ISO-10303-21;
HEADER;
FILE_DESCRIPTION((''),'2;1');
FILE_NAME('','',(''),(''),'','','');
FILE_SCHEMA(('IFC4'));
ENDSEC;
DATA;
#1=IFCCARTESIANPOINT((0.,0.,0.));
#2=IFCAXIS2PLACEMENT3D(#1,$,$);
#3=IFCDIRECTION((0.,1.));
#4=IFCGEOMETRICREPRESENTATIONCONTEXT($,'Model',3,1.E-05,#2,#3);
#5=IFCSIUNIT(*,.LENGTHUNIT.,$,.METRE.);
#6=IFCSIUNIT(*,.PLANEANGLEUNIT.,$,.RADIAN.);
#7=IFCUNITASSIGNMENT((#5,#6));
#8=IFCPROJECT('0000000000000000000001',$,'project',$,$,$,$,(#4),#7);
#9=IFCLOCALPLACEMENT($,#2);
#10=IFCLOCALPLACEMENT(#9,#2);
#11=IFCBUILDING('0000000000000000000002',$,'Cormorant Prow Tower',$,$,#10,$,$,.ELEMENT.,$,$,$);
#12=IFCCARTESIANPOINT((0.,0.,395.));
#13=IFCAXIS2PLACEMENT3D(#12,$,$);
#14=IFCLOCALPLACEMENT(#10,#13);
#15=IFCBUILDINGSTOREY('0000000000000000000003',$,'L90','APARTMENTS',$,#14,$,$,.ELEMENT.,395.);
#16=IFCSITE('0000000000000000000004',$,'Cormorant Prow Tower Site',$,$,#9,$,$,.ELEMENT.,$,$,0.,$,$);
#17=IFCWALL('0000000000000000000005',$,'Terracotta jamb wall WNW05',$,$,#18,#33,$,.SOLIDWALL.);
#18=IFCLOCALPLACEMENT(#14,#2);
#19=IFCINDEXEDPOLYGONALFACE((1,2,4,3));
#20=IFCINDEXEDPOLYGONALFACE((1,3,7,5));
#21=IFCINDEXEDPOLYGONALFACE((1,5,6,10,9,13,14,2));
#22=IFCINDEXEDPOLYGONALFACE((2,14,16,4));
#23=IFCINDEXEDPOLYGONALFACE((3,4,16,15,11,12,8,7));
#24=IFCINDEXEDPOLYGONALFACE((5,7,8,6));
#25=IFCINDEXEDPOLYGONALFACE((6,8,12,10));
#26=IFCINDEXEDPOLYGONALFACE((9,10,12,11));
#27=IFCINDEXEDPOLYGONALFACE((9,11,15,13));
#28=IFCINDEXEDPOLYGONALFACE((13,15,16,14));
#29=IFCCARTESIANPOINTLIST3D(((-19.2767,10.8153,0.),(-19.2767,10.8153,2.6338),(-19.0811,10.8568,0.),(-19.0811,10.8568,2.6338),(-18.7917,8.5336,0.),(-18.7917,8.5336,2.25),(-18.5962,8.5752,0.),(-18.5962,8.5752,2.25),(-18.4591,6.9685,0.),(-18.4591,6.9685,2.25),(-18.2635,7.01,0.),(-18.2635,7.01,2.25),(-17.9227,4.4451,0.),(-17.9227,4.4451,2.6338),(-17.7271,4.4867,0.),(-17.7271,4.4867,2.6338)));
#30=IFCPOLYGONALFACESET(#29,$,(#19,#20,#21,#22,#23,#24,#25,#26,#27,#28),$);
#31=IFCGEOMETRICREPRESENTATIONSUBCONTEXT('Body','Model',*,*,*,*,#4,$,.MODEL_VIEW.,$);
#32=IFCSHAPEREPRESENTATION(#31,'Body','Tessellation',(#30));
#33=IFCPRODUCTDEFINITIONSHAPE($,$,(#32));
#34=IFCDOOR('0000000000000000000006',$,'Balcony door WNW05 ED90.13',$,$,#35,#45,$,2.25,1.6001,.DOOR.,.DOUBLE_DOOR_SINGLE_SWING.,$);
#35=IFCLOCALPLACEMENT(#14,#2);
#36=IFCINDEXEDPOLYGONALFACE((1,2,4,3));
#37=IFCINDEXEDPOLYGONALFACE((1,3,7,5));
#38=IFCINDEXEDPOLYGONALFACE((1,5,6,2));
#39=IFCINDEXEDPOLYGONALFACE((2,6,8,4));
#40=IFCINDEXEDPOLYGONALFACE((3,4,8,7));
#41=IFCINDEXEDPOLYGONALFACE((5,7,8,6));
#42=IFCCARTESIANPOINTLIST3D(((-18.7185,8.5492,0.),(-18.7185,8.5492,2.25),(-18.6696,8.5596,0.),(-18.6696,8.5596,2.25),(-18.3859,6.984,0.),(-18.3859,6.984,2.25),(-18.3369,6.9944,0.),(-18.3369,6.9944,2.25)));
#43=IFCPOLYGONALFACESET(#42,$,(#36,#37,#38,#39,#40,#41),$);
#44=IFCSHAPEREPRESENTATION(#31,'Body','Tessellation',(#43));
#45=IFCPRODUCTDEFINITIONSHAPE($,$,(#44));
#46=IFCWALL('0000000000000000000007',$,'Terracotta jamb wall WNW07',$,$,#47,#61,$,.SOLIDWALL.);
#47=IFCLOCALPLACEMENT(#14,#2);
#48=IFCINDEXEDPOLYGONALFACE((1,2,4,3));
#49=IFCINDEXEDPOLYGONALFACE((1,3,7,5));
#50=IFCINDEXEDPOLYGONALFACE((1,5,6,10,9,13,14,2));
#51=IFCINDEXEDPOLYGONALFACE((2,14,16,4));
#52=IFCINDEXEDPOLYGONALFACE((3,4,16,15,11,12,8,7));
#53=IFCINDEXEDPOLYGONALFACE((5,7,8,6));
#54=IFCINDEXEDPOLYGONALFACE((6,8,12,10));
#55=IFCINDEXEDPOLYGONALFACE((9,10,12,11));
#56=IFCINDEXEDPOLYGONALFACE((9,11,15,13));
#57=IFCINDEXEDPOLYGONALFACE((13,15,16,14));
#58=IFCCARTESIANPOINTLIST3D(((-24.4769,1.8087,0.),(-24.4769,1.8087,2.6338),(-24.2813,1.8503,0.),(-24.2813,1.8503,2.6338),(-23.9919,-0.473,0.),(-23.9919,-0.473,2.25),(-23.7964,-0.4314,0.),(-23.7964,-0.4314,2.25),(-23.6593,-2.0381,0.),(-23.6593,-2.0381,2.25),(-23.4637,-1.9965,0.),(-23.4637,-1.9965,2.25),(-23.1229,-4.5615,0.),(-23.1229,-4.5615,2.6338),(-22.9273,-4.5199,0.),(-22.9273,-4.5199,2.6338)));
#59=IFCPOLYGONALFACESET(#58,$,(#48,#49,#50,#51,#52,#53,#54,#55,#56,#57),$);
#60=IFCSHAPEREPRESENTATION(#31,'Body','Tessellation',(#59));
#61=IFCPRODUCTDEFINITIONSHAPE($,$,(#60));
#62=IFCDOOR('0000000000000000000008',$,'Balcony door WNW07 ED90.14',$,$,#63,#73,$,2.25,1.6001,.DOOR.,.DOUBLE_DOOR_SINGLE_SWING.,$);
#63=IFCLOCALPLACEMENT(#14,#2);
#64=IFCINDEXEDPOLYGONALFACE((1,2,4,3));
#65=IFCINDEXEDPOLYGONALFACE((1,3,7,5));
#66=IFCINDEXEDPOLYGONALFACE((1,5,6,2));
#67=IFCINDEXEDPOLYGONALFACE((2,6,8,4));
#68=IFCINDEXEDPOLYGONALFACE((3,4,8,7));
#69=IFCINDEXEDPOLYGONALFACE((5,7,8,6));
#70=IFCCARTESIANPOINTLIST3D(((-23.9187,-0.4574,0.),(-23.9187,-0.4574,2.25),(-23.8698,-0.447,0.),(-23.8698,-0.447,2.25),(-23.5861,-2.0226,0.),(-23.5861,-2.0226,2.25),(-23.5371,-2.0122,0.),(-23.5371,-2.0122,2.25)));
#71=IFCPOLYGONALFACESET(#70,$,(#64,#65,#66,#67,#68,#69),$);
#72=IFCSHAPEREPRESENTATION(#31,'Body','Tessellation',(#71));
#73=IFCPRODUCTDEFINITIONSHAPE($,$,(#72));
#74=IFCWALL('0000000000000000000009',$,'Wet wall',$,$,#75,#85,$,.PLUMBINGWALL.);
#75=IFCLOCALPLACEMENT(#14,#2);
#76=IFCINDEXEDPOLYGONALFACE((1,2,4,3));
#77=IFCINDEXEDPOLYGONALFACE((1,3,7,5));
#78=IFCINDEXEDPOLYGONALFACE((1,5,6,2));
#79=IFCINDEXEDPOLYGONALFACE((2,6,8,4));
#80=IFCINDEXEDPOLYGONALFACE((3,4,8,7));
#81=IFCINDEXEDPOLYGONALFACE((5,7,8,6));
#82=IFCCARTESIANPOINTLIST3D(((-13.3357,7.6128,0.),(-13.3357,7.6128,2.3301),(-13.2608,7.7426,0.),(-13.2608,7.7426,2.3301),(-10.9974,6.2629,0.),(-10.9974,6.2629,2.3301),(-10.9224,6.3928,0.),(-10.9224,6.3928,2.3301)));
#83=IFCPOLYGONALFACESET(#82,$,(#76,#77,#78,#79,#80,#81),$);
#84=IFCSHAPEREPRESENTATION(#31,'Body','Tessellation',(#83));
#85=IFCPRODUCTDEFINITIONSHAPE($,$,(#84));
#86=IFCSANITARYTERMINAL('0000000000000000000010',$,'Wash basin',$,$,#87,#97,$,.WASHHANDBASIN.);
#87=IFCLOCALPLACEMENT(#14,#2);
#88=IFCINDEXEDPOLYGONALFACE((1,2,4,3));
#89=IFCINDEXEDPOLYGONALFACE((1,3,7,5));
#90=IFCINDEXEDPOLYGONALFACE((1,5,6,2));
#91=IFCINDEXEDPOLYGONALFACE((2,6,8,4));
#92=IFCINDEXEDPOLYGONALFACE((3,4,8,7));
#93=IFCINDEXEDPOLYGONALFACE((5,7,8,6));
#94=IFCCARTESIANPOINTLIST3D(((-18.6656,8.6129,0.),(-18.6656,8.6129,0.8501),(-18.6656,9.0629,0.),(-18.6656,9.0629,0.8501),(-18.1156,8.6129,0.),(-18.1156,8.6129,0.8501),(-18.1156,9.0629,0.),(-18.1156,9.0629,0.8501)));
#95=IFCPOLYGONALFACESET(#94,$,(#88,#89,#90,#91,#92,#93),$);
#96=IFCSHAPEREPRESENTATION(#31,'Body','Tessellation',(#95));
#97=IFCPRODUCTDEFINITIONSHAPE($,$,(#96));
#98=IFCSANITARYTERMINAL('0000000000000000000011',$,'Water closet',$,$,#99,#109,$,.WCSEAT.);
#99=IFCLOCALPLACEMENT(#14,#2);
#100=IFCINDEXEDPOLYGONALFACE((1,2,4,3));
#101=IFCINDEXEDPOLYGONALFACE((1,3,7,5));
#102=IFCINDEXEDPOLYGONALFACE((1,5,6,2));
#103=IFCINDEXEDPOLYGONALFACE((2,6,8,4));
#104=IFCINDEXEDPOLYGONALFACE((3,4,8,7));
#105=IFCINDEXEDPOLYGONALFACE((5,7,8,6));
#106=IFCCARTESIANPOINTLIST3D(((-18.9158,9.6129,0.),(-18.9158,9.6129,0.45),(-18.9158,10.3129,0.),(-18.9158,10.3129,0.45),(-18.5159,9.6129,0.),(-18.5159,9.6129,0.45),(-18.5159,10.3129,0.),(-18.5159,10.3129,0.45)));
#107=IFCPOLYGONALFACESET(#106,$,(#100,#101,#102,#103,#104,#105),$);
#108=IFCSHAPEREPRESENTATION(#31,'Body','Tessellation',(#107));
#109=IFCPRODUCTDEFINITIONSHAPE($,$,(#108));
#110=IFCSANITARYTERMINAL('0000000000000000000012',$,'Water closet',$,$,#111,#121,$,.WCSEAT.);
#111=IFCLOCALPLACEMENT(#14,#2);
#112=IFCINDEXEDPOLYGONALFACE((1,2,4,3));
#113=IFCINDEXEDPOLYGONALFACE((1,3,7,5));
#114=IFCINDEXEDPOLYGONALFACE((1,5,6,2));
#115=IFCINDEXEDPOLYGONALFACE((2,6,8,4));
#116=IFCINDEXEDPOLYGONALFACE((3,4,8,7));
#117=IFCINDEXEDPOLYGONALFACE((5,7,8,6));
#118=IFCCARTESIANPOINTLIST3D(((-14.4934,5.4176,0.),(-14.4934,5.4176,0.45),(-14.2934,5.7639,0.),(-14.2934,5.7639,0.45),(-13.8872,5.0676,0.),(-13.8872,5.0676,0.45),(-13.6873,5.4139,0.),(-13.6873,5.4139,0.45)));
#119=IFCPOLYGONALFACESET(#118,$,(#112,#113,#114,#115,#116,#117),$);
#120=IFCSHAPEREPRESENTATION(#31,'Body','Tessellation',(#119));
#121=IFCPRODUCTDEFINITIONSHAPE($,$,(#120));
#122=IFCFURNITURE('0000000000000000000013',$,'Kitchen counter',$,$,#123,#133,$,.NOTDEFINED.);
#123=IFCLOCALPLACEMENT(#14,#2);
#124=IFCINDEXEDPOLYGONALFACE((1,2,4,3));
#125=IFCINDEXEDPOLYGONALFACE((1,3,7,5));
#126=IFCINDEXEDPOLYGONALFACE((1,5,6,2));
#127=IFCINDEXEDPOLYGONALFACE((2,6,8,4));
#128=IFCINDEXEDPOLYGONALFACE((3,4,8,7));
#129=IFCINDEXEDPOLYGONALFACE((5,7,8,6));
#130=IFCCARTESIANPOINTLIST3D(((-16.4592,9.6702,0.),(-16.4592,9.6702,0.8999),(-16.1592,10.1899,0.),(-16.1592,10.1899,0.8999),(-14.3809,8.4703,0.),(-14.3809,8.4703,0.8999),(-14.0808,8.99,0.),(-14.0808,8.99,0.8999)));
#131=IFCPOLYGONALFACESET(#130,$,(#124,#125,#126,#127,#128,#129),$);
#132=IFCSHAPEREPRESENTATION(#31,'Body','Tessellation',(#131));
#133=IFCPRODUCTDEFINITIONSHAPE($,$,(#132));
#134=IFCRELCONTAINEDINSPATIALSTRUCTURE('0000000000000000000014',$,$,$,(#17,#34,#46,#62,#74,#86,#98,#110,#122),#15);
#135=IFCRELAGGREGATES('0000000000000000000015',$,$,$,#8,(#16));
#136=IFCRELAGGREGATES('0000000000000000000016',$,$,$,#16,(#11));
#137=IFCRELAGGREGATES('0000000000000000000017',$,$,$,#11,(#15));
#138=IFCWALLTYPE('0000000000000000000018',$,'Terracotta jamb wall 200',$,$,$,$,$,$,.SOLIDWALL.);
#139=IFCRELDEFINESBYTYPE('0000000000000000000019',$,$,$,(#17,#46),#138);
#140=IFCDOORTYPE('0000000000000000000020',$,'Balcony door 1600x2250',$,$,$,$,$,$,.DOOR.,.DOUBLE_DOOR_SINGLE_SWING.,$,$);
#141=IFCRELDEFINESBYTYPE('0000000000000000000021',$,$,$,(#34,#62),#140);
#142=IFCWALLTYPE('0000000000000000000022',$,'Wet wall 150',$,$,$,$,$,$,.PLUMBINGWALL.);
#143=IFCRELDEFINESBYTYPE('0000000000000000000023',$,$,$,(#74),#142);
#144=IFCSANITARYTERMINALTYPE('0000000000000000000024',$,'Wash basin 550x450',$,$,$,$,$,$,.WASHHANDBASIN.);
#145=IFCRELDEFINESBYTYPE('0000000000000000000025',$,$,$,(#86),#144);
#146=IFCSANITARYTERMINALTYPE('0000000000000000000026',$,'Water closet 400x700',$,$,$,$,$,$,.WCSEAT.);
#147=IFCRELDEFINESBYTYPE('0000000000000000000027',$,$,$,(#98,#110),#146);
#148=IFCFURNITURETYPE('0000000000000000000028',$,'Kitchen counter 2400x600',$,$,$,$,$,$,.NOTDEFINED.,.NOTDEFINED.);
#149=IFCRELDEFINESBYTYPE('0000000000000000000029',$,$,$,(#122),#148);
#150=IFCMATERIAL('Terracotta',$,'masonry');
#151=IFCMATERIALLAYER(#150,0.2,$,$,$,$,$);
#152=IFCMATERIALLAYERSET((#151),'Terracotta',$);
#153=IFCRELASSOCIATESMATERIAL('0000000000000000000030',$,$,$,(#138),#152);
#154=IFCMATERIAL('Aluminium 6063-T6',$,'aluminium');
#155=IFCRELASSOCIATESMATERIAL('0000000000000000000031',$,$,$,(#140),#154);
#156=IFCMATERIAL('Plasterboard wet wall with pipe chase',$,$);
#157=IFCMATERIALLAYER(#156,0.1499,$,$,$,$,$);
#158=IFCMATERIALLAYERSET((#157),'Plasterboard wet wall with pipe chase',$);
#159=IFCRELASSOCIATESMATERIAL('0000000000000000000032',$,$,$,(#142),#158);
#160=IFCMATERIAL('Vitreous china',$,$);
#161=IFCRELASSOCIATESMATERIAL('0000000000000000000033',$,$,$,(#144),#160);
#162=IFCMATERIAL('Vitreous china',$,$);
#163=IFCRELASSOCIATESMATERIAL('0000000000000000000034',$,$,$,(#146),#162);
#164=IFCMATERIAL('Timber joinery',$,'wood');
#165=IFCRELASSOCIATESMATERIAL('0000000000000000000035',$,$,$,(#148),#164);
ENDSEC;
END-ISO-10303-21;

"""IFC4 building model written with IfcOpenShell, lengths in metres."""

from ifc_helpers import new_model, si_unit, direction, frame, frame_2d, origin, origin_2d, place, context, subcontext, project, spatial, rectangle, extrude, material, layer, layer_set, type_object, element, fill, save


model = new_model("IFC4")

# Units and contexts
model_context = context("Model", 3, precision=1e-05, world=origin(), true_north=direction((0.0, 1.0)))
body_context = subcontext(model_context, "Body", "Model", "MODEL_VIEW")
ifc_project = project(units=[si_unit("LENGTHUNIT", "METRE"), si_unit("PLANEANGLEUNIT", "RADIAN")], contexts=[model_context])

# Site, building, storey
site_placement = place(None, origin())
site = spatial("IfcSite", under=ifc_project, at=site_placement, Name="Cormorant Prow Tower Site", CompositionType="ELEMENT", RefElevation=0.0)
building_placement = place(site_placement, origin())
building = spatial("IfcBuilding", under=site, at=building_placement, Name="Cormorant Prow Tower", CompositionType="ELEMENT")
storey_placement = place(building_placement, frame((0.0, 0.0, 395.0)))
storey = spatial("IfcBuildingStorey", under=building, at=storey_placement, Name="L90", Description="APARTMENTS", CompositionType="ELEMENT", Elevation=395.0)

# Walls, openings, doors
ifc_material_1 = material(Name="Terracotta", Category="masonry")
ifc_layer_1 = layer(ifc_material_1, 0.2)
ifc_layer_set_1 = layer_set([ifc_layer_1], Name="Terracotta")
wall_type_1 = type_object("IfcWallType", Name="Terracotta jamb wall 200", PredefinedType="SOLIDWALL", material=ifc_layer_set_1)
wall_1_placement = place(storey_placement, frame((-19.179, 10.8362, 0.0), z_axis=(0.0, 0.0, 1.0), x_axis=(0.207911, -0.978148, 0.0)))
wall_1 = element("IfcWall", 1, at=wall_1_placement, inside=storey, type_object=wall_type_1, Name="Terracotta jamb wall WNW05", PredefinedType="SOLIDWALL", context=body_context, shape_type="SweptSolid", body=[
    extrude(rectangle(XDim=6.5125, YDim=0.2, at=frame_2d((3.2563, 0.0))), origin(), (0.0, 0.0, 1.0), 2.6338),
])
opening_1_placement = place(wall_1_placement, frame((2.3328, 0.0, 0.0)))
opening_1 = element("IfcOpeningElement", 2, at=opening_1_placement, cuts=wall_1, PredefinedType="OPENING", context=body_context, shape_type="SweptSolid", body=[
    extrude(rectangle(XDim=1.6001, YDim=2.25, at=frame_2d((0.8, 1.125))), frame((0.0, 0.1099, 0.0), z_axis=(0.0, -1.0, 0.0), x_axis=(1.0, 0.0, 0.0)), (0.0, 0.0, 1.0), 0.22),
])
ifc_material_2 = material(Name="Aluminium 6063-T6", Category="aluminium")
door_type_1 = type_object("IfcDoorType", Name="Balcony door 1600x2250", OperationType="DOUBLE_DOOR_SINGLE_SWING", PredefinedType="DOOR", material=ifc_material_2)
door_1_placement = place(opening_1_placement, origin())
door_1 = element("IfcDoor", 3, at=door_1_placement, inside=storey, type_object=door_type_1, Name="Balcony door WNW05 ED90.13", OperationType="DOUBLE_DOOR_SINGLE_SWING", OverallHeight=2.25, OverallWidth=1.6001, PredefinedType="DOOR", context=body_context, shape_type="SweptSolid", body=[
    extrude(rectangle(XDim=1.6001, YDim=2.25, at=frame_2d((0.8, 1.125))), frame((0.0, 0.0249, 0.0), z_axis=(0.0, -1.0, 0.0), x_axis=(1.0, 0.0, 0.0)), (0.0, 0.0, 1.0), 0.05),
])
fill(opening_1, door_1)
wall_2_placement = place(storey_placement, frame((-24.3792, 1.8296, 0.0), z_axis=(0.0, 0.0, 1.0), x_axis=(0.207911, -0.978148, 0.0)))
wall_2 = element("IfcWall", 4, at=wall_2_placement, inside=storey, type_object=wall_type_1, Name="Terracotta jamb wall WNW07", PredefinedType="SOLIDWALL", context=body_context, shape_type="SweptSolid", body=[
    extrude(rectangle(XDim=6.5125, YDim=0.2, at=frame_2d((3.2563, 0.0))), origin(), (0.0, 0.0, 1.0), 2.6338),
])
opening_2_placement = place(wall_2_placement, frame((2.3328, 0.0, 0.0)))
opening_2 = element("IfcOpeningElement", 5, at=opening_2_placement, cuts=wall_2, PredefinedType="OPENING", context=body_context, shape_type="SweptSolid", body=[
    extrude(rectangle(XDim=1.6001, YDim=2.25, at=frame_2d((0.8, 1.125))), frame((0.0, 0.1099, 0.0), z_axis=(0.0, -1.0, 0.0), x_axis=(1.0, 0.0, 0.0)), (0.0, 0.0, 1.0), 0.22),
])
door_2_placement = place(opening_2_placement, origin())
door_2 = element("IfcDoor", 6, at=door_2_placement, inside=storey, type_object=door_type_1, Name="Balcony door WNW07 ED90.14", OperationType="DOUBLE_DOOR_SINGLE_SWING", OverallHeight=2.25, OverallWidth=1.6001, PredefinedType="DOOR", context=body_context, shape_type="SweptSolid", body=[
    extrude(rectangle(XDim=1.6001, YDim=2.25, at=frame_2d((0.8, 1.125))), frame((0.0, 0.0249, 0.0), z_axis=(0.0, -1.0, 0.0), x_axis=(1.0, 0.0, 0.0)), (0.0, 0.0, 1.0), 0.05),
])
fill(opening_2, door_2)

# Wall
ifc_material_3 = material(Name="Plasterboard wet wall with pipe chase")
ifc_layer_2 = layer(ifc_material_3, 0.1499)
ifc_layer_set_2 = layer_set([ifc_layer_2], Name="Plasterboard wet wall with pipe chase")
wall_type_2 = type_object("IfcWallType", Name="Wet wall 150", PredefinedType="PLUMBINGWALL", material=ifc_layer_set_2)
wall_3_placement = place(storey_placement, frame((-13.2983, 7.6777, 0.0), z_axis=(0.0, 0.0, 1.0), x_axis=(0.866059, -0.499942, 0.0)))
element("IfcWall", 7, at=wall_3_placement, inside=storey, type_object=wall_type_2, Name="Wet wall", PredefinedType="PLUMBINGWALL", context=body_context, shape_type="SweptSolid", body=[
    extrude(rectangle(XDim=2.7, YDim=0.1499, at=frame_2d((1.3501, 0.0))), origin(), (0.0, 0.0, 1.0), 2.3301),
])

# Sanitary terminals
ifc_material_4 = material(Name="Vitreous china")
sanitary_terminal_type_1 = type_object("IfcSanitaryTerminalType", Name="Wash basin 550x450", PredefinedType="WASHHANDBASIN", material=ifc_material_4)
sanitary_terminal_placement = place(storey_placement, frame((-18.3906, 8.8379, 0.0), z_axis=(0.0, 0.0, 1.0), x_axis=(1.0, 0.0, 0.0)))
element("IfcSanitaryTerminal", 8, at=sanitary_terminal_placement, inside=storey, type_object=sanitary_terminal_type_1, Name="Wash basin", PredefinedType="WASHHANDBASIN", context=body_context, shape_type="SweptSolid", body=[
    extrude(rectangle(XDim=0.55, YDim=0.45, at=origin_2d()), origin(), (0.0, 0.0, 1.0), 0.8501),
])
ifc_material_5 = material(Name="Vitreous china")
sanitary_terminal_type_2 = type_object("IfcSanitaryTerminalType", Name="Water closet 400x700", PredefinedType="WCSEAT", material=ifc_material_5)
for number, where, z_axis, x_axis, name in (
    (9, (-18.7158, 9.9629, 0.0), (0.0, 0.0, 1.0), (1.0, 0.0, 0.0), "Water closet"),
    (10, (-14.0903, 5.4158, 0.0), (0.0, 0.0, 1.0), (0.5, 0.866025, 0.0), "Water closet"),
):
    element("IfcSanitaryTerminal", number, at=place(storey_placement, frame(where, z_axis=z_axis, x_axis=x_axis)), inside=storey, type_object=sanitary_terminal_type_2, Name=name, PredefinedType="WCSEAT", context=body_context, shape_type="SweptSolid", body=[
        extrude(rectangle(XDim=0.3999, YDim=0.7, at=origin_2d()), origin(), (0.0, 0.0, 1.0), 0.45),
    ])

# Furniture
ifc_material_6 = material(Name="Timber joinery", Category="wood")
furniture_type = type_object("IfcFurnitureType", Name="Kitchen counter 2400x600", AssemblyPlace="NOTDEFINED", PredefinedType="NOTDEFINED", material=ifc_material_6)
furniture_placement = place(storey_placement, frame((-15.27, 9.3301, 0.0), z_axis=(0.0, 0.0, 1.0), x_axis=(-0.866025, 0.5, 0.0)))
element("IfcFurniture", 11, at=furniture_placement, inside=storey, type_object=furniture_type, Name="Kitchen counter", PredefinedType="NOTDEFINED", context=body_context, shape_type="SweptSolid", body=[
    extrude(rectangle(XDim=2.3999, YDim=0.6001, at=origin_2d()), origin(), (0.0, 0.0, 1.0), 0.8999),
])

save(model, "model.ifc")
